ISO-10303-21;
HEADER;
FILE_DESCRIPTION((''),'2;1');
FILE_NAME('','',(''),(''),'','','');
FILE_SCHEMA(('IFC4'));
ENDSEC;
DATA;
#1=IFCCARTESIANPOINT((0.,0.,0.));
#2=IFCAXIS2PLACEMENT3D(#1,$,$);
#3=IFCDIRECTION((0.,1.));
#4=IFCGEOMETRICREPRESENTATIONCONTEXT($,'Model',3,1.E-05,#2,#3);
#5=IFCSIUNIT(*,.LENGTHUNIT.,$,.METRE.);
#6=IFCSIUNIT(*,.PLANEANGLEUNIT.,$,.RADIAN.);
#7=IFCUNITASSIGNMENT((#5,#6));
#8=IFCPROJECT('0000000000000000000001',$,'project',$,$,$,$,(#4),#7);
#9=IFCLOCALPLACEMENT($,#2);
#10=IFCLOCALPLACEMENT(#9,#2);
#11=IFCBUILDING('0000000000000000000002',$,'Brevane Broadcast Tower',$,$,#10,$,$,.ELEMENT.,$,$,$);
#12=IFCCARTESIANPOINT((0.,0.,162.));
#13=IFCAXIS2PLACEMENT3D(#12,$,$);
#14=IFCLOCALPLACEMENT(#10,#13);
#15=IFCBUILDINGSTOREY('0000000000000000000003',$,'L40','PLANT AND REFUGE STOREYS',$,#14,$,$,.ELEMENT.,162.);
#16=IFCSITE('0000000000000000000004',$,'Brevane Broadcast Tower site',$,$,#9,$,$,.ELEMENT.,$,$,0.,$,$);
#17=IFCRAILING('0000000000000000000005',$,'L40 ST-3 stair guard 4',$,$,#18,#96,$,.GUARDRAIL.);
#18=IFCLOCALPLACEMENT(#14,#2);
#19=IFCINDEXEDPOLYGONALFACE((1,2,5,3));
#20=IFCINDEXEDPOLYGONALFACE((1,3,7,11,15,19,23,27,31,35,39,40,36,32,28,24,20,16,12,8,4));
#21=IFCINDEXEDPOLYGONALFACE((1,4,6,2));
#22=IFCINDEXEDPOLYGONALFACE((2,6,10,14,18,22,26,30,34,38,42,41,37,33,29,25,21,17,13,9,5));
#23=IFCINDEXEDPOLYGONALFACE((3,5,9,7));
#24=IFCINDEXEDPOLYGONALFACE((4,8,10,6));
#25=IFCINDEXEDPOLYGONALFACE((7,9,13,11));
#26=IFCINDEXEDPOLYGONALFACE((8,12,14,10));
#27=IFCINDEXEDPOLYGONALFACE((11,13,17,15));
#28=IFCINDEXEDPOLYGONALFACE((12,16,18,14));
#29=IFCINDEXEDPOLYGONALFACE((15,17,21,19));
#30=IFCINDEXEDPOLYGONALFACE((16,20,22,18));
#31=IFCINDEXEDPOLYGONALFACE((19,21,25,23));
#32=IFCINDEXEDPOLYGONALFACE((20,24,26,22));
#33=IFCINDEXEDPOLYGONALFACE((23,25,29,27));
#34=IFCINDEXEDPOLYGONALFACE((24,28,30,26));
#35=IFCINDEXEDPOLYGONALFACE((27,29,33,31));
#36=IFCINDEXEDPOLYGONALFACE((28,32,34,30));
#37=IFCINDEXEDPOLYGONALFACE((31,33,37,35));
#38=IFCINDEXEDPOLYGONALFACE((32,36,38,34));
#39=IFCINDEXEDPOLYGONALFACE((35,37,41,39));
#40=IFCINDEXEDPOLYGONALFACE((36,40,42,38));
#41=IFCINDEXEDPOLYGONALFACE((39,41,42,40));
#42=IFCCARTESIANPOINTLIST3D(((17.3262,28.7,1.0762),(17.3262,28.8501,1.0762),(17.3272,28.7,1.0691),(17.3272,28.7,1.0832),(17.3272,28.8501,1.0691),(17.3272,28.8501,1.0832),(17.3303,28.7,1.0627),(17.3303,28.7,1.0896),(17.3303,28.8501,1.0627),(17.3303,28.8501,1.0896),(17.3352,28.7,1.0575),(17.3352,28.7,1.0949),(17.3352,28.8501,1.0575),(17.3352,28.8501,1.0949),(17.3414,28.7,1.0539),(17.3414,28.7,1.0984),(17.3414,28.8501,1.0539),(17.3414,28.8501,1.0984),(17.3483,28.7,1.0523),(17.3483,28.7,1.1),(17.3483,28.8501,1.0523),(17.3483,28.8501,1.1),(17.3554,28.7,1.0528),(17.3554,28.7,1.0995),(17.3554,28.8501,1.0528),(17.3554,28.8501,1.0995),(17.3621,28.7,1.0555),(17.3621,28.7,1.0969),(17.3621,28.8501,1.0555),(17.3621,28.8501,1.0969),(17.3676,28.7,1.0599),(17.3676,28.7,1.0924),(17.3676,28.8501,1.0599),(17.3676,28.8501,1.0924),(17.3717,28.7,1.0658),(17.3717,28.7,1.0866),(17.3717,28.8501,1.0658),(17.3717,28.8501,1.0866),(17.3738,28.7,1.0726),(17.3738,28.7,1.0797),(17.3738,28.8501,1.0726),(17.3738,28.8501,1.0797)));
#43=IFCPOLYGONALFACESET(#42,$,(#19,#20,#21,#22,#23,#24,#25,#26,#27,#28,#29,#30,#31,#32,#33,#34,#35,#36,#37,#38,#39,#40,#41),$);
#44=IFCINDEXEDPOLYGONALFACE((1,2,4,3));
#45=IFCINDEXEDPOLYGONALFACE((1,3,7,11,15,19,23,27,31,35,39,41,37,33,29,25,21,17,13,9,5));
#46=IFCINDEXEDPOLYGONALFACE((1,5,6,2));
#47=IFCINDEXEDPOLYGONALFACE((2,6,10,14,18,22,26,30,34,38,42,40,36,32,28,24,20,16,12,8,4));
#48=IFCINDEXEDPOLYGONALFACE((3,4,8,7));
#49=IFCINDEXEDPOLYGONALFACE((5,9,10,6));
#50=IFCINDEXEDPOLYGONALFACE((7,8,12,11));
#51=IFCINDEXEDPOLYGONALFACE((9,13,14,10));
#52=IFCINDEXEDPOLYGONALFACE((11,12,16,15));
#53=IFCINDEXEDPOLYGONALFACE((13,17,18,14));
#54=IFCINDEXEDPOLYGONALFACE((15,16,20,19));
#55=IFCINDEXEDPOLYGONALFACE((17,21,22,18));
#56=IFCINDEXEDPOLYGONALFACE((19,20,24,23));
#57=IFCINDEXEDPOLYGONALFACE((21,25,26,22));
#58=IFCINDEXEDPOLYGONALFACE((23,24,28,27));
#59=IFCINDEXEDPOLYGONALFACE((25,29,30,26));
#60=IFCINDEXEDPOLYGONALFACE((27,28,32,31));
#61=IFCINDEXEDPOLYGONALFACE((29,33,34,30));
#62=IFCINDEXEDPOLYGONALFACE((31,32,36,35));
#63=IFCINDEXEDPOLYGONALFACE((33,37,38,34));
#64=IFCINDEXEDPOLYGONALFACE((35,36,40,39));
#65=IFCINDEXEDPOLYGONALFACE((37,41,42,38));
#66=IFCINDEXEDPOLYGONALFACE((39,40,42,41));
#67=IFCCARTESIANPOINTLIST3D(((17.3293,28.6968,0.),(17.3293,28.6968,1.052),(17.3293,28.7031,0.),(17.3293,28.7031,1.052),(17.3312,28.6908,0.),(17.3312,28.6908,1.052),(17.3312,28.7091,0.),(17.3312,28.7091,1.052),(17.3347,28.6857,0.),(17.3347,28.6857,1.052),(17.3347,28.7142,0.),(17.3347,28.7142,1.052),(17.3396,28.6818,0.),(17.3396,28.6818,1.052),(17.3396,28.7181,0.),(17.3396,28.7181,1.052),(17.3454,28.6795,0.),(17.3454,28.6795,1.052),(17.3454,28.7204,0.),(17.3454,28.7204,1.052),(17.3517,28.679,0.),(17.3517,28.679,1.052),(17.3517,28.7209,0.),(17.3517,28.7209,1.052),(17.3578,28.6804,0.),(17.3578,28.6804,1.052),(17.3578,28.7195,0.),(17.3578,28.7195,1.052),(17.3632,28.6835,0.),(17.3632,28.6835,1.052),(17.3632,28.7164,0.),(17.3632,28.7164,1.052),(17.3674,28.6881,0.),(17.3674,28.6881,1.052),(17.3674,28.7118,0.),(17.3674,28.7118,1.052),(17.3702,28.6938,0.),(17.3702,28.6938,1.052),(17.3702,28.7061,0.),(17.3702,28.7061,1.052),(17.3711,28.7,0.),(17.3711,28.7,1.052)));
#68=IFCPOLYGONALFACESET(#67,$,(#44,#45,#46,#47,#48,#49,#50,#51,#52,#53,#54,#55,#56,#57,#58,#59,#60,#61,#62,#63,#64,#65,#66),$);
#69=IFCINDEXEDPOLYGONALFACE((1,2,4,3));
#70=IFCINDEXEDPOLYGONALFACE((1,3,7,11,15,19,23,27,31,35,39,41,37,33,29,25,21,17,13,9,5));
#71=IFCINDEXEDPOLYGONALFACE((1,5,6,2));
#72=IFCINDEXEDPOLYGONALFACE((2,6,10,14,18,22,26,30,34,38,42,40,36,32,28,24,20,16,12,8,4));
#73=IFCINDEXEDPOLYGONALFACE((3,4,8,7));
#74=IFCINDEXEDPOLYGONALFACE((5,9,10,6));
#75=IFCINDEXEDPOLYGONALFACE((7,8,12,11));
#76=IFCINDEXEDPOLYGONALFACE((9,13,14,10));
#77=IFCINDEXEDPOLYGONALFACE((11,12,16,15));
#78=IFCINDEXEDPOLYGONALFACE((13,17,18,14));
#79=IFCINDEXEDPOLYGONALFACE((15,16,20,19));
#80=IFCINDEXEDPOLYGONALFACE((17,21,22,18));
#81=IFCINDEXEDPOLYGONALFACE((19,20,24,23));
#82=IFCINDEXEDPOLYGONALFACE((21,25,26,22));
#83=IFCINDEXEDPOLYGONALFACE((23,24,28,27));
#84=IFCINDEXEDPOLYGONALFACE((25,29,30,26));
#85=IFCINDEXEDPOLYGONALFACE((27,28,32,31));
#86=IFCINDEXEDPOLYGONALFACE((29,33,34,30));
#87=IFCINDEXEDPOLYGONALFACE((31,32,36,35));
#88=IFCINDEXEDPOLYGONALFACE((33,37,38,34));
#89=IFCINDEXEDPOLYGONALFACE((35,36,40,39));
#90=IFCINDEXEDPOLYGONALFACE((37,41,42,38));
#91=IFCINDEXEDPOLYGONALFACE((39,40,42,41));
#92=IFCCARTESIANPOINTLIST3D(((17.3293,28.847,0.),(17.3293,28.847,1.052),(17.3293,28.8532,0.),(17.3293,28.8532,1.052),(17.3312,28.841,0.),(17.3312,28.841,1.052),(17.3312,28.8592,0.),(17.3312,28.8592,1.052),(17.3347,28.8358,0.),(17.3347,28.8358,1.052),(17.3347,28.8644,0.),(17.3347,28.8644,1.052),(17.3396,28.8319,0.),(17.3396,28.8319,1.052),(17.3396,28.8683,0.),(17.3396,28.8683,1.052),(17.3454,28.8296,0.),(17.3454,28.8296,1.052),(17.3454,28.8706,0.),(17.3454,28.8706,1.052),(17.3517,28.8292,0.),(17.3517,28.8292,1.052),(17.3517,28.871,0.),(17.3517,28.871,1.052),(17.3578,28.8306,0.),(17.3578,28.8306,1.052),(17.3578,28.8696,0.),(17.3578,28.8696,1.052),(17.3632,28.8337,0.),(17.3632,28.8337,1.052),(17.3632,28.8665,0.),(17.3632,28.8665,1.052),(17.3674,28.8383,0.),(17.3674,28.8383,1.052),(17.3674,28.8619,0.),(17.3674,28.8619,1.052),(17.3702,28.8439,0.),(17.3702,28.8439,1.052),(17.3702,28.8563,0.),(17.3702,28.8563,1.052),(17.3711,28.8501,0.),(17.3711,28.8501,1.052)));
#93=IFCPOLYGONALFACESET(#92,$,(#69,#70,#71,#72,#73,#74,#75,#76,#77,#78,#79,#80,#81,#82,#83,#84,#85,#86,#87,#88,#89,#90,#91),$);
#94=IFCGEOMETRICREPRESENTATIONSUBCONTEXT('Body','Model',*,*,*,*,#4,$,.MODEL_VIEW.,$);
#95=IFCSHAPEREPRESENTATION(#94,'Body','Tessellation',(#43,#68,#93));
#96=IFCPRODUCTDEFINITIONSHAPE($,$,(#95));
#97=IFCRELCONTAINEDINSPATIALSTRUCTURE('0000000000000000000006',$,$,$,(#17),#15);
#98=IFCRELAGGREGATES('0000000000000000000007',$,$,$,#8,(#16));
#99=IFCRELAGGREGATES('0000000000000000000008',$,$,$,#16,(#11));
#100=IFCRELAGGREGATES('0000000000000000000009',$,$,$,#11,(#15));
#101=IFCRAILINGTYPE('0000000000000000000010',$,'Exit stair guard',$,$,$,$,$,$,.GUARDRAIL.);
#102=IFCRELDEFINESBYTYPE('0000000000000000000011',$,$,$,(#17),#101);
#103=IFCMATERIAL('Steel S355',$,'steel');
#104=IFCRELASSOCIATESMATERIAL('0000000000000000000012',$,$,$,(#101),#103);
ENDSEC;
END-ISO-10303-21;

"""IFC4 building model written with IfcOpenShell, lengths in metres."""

from ifc_helpers import new_model, si_unit, direction, frame, origin, origin_2d, place, context, subcontext, project, spatial, circle, extrude, material, type_object, element, save


model = new_model("IFC4")

# Units and contexts
model_context = context("Model", 3, precision=1e-05, world=origin(), true_north=direction((0.0, 1.0)))
body_context = subcontext(model_context, "Body", "Model", "MODEL_VIEW")
ifc_project = project(units=[si_unit("LENGTHUNIT", "METRE"), si_unit("PLANEANGLEUNIT", "RADIAN")], contexts=[model_context])

# Site, building, storey
site_placement = place(None, origin())
site = spatial("IfcSite", under=ifc_project, at=site_placement, Name="Brevane Broadcast Tower site", CompositionType="ELEMENT", RefElevation=0.0)
building_placement = place(site_placement, origin())
building = spatial("IfcBuilding", under=site, at=building_placement, Name="Brevane Broadcast Tower", CompositionType="ELEMENT")
storey_placement = place(building_placement, frame((0.0, 0.0, 162.0)))
storey = spatial("IfcBuildingStorey", under=building, at=storey_placement, Name="L40", Description="PLANT AND REFUGE STOREYS", CompositionType="ELEMENT", Elevation=162.0)

# Shared definitions
ifc_material_1 = material(Name="Steel S355", Category="steel")

# Railing
railing_type_1 = type_object("IfcRailingType", Name="Exit stair guard", PredefinedType="GUARDRAIL", material=ifc_material_1)
railing_1_placement = place(storey_placement, frame((17.3501, 28.7, 0.0)))
element("IfcRailing", 1, at=railing_1_placement, inside=storey, type_object=railing_type_1, Name="L40 ST-3 stair guard 4", PredefinedType="GUARDRAIL", context=body_context, shape_type="SweptSolid", body=[
    extrude(circle(Radius=0.0239, at=origin_2d()), frame((0.0, 0.0, 1.0762), z_axis=(0.0, 1.0, 0.0), x_axis=(-1.0, 0.0, 0.0)), (0.0, 0.0, 1.0), 0.1501),
    extrude(circle(Radius=0.021, at=origin_2d()), origin(), (0.0, 0.0, 1.0), 1.052),
    extrude(circle(Radius=0.021, at=origin_2d()), frame((0.0, 0.1501, 0.0)), (0.0, 0.0, 1.0), 1.052),
])

save(model, "model.ifc")
